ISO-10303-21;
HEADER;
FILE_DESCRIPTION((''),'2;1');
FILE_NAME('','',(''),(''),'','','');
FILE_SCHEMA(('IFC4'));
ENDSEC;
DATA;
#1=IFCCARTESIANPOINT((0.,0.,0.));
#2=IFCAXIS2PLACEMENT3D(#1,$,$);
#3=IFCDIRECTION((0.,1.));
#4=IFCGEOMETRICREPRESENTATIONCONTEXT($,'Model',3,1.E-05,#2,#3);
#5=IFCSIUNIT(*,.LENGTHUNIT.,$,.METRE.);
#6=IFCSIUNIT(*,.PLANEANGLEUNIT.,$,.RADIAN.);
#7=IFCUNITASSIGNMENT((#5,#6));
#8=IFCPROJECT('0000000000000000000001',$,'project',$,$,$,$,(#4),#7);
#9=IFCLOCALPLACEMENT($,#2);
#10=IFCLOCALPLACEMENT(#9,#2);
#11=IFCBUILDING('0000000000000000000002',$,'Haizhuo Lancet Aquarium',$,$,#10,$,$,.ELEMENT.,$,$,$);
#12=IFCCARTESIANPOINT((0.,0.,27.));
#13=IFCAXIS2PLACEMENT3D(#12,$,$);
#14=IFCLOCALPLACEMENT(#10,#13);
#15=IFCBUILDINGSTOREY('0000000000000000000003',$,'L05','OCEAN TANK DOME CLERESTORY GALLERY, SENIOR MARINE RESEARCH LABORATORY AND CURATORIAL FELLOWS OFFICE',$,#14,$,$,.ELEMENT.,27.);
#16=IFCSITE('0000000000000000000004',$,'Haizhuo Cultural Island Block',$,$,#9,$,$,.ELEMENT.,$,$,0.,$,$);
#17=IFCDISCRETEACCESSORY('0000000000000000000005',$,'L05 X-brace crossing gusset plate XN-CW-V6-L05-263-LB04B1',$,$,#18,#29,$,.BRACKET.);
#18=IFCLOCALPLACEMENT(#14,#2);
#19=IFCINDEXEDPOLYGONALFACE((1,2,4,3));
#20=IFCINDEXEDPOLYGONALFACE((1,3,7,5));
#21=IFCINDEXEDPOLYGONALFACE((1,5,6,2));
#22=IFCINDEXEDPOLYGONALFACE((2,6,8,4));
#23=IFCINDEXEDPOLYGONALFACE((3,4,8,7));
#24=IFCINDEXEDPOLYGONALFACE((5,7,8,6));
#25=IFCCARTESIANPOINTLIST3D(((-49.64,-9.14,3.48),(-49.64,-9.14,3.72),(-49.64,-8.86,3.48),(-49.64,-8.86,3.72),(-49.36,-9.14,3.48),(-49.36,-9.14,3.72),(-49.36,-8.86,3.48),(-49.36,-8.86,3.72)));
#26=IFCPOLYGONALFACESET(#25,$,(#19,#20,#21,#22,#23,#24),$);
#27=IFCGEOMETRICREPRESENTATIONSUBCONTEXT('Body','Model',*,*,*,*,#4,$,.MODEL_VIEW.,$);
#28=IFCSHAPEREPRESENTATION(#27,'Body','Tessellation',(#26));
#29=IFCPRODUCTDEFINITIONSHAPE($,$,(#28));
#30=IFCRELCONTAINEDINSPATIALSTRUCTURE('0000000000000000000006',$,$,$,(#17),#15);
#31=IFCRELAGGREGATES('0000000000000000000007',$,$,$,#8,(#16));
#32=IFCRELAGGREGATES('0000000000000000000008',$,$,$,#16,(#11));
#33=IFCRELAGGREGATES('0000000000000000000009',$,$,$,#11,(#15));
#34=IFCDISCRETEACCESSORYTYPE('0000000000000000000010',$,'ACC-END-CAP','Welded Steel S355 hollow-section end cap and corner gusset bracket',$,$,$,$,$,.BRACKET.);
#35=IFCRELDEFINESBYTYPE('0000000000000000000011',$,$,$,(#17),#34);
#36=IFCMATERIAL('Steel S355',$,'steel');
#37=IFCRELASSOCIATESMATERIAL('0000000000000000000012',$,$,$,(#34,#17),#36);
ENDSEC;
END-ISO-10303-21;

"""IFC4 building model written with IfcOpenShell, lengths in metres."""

from ifc_helpers import new_model, si_unit, direction, frame, origin, origin_2d, place, context, subcontext, project, spatial, rectangle, extrude, material, type_object, element, save


model = new_model("IFC4")

# Units and contexts
model_context = context("Model", 3, precision=1e-05, world=origin(), true_north=direction((0.0, 1.0)))
body_context = subcontext(model_context, "Body", "Model", "MODEL_VIEW")
ifc_project = project(units=[si_unit("LENGTHUNIT", "METRE"), si_unit("PLANEANGLEUNIT", "RADIAN")], contexts=[model_context])

# Site, building, storey
site_placement = place(None, origin())
site = spatial("IfcSite", under=ifc_project, at=site_placement, Name="Haizhuo Cultural Island Block", CompositionType="ELEMENT", RefElevation=0.0)
building_placement = place(site_placement, origin())
building = spatial("IfcBuilding", under=site, at=building_placement, Name="Haizhuo Lancet Aquarium", CompositionType="ELEMENT")
storey_placement = place(building_placement, frame((0.0, 0.0, 27.0)))
storey = spatial("IfcBuildingStorey", under=building, at=storey_placement, Name="L05", Description="OCEAN TANK DOME CLERESTORY GALLERY, SENIOR MARINE RESEARCH LABORATORY AND CURATORIAL FELLOWS OFFICE", CompositionType="ELEMENT", Elevation=27.0)

# Shared definitions
ifc_material_1 = material(Name="Steel S355", Category="steel")

# Discrete accessory
discrete_accessory_type = type_object("IfcDiscreteAccessoryType", Name="ACC-END-CAP", Description="Welded Steel S355 hollow-section end cap and corner gusset bracket", PredefinedType="BRACKET", material=ifc_material_1)
for number, where, z_axis, x_axis, name in (
    (1, (-49.5, -9.0, 3.48), (0.0, 0.0, 1.0), (1.0, 0.0, 0.0), "L05 X-brace crossing gusset plate XN-CW-V6-L05-263-LB04B1"),
):
    element("IfcDiscreteAccessory", number, at=place(storey_placement, frame(where, z_axis=z_axis, x_axis=x_axis)), inside=storey, type_object=discrete_accessory_type, material=ifc_material_1, Name=name, PredefinedType="BRACKET", context=body_context, shape_type="SweptSolid", body=[
        extrude(rectangle(XDim=0.28, YDim=0.28, at=origin_2d()), origin(), (0.0, 0.0, 1.0), 0.24),
    ])

save(model, "model.ifc")
